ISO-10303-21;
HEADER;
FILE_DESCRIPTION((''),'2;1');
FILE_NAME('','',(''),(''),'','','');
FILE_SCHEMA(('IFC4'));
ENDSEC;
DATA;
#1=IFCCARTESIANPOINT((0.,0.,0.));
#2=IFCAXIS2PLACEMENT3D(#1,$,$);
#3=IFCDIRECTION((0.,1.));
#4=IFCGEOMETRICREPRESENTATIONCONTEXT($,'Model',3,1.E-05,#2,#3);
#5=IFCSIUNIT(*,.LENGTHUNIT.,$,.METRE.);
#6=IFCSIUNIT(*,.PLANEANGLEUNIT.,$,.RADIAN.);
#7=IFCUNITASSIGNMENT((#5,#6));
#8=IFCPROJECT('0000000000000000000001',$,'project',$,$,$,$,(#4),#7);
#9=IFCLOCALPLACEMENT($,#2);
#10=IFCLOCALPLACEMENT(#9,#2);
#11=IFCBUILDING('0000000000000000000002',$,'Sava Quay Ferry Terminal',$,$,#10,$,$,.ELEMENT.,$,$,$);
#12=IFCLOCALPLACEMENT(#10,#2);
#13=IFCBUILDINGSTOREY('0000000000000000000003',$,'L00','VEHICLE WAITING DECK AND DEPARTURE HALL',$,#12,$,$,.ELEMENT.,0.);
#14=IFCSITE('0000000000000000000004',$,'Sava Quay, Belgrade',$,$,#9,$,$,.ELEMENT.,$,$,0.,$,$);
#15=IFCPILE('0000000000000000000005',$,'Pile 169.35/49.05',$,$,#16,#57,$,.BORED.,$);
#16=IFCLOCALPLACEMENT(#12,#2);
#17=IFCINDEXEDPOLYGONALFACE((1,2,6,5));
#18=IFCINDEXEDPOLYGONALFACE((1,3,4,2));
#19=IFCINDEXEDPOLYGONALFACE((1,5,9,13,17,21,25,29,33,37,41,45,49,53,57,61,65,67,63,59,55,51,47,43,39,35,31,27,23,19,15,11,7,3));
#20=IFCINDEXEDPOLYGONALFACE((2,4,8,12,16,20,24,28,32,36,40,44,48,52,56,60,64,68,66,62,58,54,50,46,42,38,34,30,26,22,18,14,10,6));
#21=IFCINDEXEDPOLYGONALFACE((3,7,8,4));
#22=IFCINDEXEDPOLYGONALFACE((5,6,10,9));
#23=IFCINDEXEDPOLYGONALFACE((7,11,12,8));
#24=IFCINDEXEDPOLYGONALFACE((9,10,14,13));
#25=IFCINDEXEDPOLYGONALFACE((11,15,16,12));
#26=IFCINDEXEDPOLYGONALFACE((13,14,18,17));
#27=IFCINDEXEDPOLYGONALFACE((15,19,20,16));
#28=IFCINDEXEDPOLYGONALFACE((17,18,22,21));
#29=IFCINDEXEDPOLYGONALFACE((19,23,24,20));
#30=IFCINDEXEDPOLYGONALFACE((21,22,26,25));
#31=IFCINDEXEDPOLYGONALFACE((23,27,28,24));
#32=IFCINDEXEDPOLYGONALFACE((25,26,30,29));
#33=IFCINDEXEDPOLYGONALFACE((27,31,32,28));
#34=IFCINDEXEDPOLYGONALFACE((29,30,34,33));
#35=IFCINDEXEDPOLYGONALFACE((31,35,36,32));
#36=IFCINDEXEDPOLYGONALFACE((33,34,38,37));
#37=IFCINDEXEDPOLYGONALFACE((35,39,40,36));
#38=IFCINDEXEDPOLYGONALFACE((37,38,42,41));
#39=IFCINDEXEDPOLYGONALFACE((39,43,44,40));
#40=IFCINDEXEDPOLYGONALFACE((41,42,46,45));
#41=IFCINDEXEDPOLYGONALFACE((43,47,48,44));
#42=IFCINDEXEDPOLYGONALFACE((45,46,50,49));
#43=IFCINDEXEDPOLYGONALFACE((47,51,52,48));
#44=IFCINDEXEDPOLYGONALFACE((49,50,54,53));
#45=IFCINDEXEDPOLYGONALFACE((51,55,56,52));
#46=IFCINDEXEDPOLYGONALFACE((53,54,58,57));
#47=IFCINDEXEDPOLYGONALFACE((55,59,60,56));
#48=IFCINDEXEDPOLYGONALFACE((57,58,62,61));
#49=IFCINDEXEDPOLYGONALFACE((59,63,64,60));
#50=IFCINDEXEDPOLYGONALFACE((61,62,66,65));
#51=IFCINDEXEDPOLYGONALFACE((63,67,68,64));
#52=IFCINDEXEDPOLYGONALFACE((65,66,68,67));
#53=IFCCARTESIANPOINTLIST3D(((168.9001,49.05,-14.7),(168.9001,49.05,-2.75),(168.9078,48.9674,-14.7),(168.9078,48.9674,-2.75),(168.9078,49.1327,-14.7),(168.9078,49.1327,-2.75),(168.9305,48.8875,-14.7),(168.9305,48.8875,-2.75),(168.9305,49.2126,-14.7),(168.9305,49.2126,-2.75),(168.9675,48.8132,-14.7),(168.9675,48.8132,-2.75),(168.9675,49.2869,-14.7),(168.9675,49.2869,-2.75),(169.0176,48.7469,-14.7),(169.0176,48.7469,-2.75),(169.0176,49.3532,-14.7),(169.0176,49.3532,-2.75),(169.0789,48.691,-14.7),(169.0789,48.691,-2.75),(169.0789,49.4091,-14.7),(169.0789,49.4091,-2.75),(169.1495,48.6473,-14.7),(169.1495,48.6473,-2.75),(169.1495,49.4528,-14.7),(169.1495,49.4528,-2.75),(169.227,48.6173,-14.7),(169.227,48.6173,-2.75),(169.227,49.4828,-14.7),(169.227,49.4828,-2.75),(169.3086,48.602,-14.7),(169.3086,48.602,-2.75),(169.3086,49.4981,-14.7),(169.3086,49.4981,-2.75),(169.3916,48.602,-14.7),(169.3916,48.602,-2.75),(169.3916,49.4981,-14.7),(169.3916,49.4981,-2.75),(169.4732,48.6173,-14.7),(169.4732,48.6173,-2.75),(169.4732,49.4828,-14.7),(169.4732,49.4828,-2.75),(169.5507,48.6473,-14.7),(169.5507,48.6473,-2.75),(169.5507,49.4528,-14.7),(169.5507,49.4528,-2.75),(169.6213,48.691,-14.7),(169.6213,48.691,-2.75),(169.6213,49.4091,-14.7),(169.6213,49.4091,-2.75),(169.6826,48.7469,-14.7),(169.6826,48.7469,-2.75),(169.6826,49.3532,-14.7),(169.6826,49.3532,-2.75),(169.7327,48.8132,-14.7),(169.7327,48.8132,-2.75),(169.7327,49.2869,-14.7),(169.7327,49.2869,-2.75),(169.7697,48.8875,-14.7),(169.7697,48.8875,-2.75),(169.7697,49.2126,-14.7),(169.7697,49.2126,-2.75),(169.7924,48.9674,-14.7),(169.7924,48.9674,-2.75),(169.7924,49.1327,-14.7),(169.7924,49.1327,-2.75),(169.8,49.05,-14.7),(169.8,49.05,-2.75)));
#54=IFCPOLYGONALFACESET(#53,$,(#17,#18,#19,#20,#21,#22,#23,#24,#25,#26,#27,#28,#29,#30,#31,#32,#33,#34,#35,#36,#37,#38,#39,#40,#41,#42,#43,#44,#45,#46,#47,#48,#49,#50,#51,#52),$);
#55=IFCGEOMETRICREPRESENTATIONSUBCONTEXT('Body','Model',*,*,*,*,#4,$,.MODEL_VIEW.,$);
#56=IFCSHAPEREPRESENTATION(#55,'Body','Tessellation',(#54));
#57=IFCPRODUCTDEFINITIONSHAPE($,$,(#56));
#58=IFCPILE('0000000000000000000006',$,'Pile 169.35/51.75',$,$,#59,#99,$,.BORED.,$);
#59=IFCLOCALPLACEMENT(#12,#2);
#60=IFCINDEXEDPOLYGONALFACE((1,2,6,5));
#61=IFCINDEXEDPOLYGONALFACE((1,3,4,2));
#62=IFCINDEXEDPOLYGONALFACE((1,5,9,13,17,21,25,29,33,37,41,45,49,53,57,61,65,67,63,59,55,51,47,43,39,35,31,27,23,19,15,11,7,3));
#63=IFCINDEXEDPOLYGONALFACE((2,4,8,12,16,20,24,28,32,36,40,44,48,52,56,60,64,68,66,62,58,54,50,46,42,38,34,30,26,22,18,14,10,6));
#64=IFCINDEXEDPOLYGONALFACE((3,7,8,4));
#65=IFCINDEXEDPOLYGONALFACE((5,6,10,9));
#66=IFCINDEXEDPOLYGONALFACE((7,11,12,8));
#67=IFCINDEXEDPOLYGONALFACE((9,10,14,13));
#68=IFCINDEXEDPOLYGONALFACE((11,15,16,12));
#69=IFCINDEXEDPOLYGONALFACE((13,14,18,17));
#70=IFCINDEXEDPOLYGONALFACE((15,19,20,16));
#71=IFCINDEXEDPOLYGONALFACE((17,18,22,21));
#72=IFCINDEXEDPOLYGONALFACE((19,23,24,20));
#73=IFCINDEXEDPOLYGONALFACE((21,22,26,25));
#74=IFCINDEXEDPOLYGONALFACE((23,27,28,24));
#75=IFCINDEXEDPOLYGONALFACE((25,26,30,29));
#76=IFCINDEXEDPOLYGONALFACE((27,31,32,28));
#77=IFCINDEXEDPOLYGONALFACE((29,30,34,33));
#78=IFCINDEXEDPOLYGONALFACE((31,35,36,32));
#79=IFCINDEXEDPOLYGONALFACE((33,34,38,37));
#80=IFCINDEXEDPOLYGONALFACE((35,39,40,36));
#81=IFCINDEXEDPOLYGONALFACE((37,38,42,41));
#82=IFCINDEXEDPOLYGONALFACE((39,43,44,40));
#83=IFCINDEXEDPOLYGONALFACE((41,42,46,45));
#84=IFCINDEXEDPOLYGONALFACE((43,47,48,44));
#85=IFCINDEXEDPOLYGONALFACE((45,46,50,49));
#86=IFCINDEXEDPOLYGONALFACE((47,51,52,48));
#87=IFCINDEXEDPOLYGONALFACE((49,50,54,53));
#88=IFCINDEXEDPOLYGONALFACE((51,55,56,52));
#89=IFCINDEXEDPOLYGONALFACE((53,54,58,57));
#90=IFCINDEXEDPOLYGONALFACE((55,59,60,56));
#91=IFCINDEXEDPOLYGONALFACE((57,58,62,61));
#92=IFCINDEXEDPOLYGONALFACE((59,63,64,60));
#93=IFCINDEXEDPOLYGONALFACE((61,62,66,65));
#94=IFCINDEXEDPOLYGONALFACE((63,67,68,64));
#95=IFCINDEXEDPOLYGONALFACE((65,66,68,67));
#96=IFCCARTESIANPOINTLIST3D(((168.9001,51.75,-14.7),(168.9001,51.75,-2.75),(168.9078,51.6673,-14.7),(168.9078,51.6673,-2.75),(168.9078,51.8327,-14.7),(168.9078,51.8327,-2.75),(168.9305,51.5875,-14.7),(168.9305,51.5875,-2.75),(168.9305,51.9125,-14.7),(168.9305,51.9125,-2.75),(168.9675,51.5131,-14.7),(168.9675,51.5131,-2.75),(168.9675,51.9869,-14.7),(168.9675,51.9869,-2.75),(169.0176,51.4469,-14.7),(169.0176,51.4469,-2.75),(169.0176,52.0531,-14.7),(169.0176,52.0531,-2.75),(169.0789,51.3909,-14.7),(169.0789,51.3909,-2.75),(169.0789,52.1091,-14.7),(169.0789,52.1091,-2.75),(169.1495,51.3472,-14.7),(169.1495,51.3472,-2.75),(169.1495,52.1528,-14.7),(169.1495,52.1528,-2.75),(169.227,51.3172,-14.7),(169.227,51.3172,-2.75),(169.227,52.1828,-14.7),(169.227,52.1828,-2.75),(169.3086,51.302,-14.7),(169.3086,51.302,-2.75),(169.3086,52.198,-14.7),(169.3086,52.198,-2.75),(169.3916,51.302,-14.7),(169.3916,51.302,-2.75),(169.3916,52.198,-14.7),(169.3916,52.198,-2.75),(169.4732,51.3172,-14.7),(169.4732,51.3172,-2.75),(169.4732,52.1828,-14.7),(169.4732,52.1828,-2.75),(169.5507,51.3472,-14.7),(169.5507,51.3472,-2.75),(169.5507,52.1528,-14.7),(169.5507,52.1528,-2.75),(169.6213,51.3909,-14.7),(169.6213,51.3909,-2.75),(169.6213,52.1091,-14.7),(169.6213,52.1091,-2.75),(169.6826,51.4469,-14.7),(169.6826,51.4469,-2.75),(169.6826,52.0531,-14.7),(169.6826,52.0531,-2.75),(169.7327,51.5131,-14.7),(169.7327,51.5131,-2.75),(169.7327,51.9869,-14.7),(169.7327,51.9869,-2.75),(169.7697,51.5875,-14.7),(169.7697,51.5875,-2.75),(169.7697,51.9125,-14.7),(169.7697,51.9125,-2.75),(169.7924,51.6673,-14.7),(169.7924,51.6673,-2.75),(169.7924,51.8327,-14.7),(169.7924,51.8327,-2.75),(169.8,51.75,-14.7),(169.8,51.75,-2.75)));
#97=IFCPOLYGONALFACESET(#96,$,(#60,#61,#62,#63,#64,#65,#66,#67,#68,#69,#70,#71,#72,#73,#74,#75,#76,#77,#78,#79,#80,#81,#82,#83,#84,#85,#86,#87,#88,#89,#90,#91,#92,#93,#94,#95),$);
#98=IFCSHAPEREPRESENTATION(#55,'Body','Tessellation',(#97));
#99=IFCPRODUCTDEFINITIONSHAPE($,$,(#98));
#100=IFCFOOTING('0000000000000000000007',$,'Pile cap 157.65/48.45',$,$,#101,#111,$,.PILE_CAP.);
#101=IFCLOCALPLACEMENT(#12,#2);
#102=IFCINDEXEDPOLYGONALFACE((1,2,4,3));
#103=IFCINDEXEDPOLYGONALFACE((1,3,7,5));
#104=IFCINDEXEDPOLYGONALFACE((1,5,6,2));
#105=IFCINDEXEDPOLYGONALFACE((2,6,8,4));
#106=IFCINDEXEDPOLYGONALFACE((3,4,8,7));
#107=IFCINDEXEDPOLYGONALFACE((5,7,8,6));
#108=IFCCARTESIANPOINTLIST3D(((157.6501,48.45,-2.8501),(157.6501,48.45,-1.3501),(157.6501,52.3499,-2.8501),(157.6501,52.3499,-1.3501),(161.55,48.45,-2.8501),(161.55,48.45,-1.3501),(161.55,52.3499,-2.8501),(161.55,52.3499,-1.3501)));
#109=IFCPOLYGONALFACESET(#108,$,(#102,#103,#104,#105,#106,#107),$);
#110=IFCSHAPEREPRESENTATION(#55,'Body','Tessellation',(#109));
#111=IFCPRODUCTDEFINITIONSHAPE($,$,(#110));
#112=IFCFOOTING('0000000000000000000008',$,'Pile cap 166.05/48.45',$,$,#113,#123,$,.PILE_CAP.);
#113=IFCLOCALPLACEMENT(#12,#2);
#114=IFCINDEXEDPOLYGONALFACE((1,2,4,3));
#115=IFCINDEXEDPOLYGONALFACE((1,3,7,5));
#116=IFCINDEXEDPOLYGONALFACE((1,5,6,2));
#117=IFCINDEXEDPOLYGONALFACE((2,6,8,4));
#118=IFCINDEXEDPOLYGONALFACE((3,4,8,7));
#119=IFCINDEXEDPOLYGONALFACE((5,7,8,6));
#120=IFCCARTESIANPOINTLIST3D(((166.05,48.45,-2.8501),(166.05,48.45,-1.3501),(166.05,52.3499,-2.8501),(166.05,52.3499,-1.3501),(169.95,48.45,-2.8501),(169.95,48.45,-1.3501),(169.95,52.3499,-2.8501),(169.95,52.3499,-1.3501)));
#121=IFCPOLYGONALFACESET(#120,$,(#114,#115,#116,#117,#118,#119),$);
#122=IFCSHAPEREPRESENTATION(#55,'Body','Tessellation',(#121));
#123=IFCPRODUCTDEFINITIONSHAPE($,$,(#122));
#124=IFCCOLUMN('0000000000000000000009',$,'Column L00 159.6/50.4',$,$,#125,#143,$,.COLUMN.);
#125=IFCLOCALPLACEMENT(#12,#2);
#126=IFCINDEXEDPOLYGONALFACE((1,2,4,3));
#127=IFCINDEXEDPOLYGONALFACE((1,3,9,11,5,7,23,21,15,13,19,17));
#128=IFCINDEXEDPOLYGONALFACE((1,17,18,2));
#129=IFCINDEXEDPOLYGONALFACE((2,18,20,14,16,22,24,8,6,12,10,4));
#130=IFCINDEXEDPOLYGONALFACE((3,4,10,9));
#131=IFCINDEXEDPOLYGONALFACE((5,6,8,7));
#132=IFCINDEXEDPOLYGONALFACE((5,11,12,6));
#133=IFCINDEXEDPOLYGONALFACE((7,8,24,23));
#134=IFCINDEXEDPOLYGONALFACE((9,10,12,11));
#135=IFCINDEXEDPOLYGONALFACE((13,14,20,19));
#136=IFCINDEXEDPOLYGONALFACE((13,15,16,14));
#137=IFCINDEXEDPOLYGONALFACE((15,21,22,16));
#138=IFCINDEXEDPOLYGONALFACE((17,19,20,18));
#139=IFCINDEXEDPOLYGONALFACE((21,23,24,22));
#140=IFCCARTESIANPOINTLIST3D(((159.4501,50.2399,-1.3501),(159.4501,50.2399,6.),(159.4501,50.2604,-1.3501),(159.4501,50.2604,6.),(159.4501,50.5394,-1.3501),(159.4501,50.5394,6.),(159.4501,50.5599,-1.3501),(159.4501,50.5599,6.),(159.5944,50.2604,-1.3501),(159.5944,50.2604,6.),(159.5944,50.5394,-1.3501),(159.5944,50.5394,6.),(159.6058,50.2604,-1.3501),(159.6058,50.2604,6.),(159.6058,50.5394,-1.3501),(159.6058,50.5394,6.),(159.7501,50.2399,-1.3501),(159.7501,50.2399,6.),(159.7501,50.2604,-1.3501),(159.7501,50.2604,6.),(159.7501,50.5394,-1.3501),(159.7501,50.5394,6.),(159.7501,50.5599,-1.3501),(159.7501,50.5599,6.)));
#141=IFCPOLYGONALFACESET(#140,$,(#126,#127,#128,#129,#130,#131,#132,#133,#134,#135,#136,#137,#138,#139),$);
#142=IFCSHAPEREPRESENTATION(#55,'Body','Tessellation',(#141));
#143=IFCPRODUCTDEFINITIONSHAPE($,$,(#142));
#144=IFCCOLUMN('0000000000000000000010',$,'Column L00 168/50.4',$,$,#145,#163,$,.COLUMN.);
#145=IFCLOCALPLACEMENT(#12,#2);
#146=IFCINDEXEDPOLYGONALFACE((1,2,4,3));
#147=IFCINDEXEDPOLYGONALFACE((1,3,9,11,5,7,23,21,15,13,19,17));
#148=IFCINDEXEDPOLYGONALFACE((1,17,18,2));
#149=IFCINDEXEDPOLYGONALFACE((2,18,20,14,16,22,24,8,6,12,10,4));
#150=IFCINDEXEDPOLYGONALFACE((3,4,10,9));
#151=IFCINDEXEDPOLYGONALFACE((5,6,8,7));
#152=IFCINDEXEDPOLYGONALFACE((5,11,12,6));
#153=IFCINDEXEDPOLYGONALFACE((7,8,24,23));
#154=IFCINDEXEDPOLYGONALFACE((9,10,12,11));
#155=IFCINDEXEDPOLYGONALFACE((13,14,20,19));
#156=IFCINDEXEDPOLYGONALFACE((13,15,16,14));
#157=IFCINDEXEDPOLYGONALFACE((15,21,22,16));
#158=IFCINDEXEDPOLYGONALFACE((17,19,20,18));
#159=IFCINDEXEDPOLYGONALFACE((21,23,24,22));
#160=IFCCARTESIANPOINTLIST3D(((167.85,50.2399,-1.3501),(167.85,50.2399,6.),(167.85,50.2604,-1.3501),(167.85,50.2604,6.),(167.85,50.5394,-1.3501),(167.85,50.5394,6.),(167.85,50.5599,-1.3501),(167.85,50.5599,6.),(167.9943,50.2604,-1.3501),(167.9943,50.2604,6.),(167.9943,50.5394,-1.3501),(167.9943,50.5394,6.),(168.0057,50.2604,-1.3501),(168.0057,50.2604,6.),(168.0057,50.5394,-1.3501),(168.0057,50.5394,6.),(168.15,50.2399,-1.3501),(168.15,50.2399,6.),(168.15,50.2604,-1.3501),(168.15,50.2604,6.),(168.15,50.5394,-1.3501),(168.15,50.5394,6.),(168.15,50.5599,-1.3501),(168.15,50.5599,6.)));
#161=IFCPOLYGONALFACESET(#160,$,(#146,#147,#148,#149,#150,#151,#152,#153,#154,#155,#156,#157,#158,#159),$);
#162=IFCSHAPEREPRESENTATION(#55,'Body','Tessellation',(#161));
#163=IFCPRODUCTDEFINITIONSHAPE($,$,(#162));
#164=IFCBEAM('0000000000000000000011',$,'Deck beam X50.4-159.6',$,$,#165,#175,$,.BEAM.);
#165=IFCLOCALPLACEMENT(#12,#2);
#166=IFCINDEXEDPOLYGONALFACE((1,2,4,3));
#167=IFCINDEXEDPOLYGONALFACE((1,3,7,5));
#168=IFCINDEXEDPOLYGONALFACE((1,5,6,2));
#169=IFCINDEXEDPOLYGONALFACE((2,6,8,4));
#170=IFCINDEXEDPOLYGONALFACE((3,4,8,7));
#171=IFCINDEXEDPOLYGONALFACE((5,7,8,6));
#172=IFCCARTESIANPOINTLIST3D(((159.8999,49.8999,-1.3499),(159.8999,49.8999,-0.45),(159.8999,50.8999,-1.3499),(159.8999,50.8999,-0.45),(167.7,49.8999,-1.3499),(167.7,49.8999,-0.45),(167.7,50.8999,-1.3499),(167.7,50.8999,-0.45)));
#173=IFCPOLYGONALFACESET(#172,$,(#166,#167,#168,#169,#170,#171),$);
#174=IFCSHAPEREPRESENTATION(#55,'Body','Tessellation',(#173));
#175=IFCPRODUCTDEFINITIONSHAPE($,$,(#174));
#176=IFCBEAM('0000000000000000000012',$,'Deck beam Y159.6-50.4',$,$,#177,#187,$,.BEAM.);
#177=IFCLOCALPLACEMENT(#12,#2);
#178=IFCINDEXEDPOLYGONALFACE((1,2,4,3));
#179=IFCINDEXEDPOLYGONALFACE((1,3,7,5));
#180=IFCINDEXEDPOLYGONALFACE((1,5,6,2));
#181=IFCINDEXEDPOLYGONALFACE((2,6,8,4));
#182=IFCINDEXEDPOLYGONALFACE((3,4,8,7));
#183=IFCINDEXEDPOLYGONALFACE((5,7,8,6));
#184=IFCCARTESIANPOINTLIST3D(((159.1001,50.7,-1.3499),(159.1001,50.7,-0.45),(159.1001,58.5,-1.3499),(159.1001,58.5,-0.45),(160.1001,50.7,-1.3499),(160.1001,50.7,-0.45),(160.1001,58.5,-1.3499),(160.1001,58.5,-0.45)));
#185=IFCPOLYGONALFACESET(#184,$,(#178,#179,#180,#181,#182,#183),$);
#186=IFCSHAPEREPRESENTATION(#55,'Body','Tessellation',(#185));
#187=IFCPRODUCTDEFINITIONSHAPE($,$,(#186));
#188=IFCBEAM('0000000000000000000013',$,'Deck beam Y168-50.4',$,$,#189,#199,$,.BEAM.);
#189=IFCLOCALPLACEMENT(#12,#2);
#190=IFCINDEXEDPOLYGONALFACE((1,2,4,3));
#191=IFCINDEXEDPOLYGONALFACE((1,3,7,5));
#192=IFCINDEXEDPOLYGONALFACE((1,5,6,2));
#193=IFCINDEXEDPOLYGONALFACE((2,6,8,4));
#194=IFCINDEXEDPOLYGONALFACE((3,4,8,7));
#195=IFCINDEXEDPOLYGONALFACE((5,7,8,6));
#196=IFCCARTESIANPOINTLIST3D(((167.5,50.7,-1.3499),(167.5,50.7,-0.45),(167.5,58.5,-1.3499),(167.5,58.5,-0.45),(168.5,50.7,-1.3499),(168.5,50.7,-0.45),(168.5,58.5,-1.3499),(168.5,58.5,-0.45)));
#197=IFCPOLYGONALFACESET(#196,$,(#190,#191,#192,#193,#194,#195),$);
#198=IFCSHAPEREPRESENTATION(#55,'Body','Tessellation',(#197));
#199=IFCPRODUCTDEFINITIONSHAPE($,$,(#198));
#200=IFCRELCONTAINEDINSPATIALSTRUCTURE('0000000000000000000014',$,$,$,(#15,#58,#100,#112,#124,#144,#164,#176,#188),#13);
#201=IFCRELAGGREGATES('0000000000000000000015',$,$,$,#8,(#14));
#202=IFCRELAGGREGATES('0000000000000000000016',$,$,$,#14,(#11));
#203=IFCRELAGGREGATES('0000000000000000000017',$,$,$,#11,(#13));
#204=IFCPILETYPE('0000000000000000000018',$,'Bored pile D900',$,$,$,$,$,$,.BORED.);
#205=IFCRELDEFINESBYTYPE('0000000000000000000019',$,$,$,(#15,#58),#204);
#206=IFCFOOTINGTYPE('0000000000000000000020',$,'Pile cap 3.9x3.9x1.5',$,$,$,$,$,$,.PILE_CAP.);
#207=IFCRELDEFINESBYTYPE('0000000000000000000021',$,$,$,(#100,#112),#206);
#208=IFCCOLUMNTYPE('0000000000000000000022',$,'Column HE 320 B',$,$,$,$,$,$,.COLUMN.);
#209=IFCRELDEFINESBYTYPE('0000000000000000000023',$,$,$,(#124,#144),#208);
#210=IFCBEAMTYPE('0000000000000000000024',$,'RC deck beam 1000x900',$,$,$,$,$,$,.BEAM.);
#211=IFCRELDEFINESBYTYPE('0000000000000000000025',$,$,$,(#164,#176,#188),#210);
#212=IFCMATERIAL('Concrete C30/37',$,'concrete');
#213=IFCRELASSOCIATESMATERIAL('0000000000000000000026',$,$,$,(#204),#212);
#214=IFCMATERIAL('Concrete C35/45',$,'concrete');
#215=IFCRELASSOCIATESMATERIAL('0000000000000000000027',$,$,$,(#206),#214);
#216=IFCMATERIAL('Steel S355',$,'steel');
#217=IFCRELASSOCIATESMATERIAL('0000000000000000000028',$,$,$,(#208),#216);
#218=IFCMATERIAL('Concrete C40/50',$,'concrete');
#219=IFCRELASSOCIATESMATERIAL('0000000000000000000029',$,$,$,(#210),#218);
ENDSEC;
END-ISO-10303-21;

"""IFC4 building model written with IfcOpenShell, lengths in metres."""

from ifc_helpers import new_model, si_unit, direction, frame, origin, origin_2d, place, context, subcontext, project, spatial, rectangle, circle, i_section, extrude, material, material_profile, profile_set, type_object, element, save


model = new_model("IFC4")

# Units and contexts
model_context = context("Model", 3, precision=1e-05, world=origin(), true_north=direction((0.0, 1.0)))
body_context = subcontext(model_context, "Body", "Model", "MODEL_VIEW")
ifc_project = project(units=[si_unit("LENGTHUNIT", "METRE"), si_unit("PLANEANGLEUNIT", "RADIAN")], contexts=[model_context])

# Site, building, storey
site_placement = place(None, origin())
site = spatial("IfcSite", under=ifc_project, at=site_placement, Name="Sava Quay, Belgrade", CompositionType="ELEMENT", RefElevation=0.0)
building_placement = place(site_placement, origin())
building = spatial("IfcBuilding", under=site, at=building_placement, Name="Sava Quay Ferry Terminal", CompositionType="ELEMENT")
storey_placement = place(building_placement, origin())
storey = spatial("IfcBuildingStorey", under=building, at=storey_placement, Name="L00", Description="VEHICLE WAITING DECK AND DEPARTURE HALL", CompositionType="ELEMENT", Elevation=0.0)

# Piles
ifc_material_1 = material(Name="Concrete C30/37", Category="concrete")
ifc_material_profile_1 = material_profile(ifc_material_1, circle(Radius=0.45, at=origin_2d()), Name="Bored pile D900")
ifc_profile_set_1 = profile_set([ifc_material_profile_1], Name="Concrete C30/37")
pile_type = type_object("IfcPileType", Name="Bored pile D900", PredefinedType="BORED", material=ifc_profile_set_1)
for number, where, z_axis, x_axis, name in (
    (1, (169.3501, 49.05, -2.75), (0.0, 0.0, -1.0), (1.0, 0.0, 0.0), "Pile 169.35/49.05"),
    (2, (169.3501, 51.75, -2.75), (0.0, 0.0, -1.0), (1.0, 0.0, 0.0), "Pile 169.35/51.75"),
):
    element("IfcPile", number, at=place(storey_placement, frame(where, z_axis=z_axis, x_axis=x_axis)), inside=storey, type_object=pile_type, Name=name, PredefinedType="BORED", context=body_context, shape_type="SweptSolid", body=[
        extrude(circle(Radius=0.45, at=origin_2d()), origin(), (0.0, 0.0, 1.0), 11.95),
    ])

# Footings
ifc_material_2 = material(Name="Concrete C35/45", Category="concrete")
footing_type = type_object("IfcFootingType", Name="Pile cap 3.9x3.9x1.5", PredefinedType="PILE_CAP", material=ifc_material_2)
for number, where, z_axis, x_axis, name in (
    (3, (159.6001, 50.3999, -2.8501), (0.0, 0.0, 1.0), (1.0, 0.0, 0.0), "Pile cap 157.65/48.45"),
    (4, (168.0, 50.3999, -2.8501), (0.0, 0.0, 1.0), (1.0, 0.0, 0.0), "Pile cap 166.05/48.45"),
):
    element("IfcFooting", number, at=place(storey_placement, frame(where, z_axis=z_axis, x_axis=x_axis)), inside=storey, type_object=footing_type, Name=name, PredefinedType="PILE_CAP", context=body_context, shape_type="SweptSolid", body=[
        extrude(rectangle(XDim=3.8999, YDim=3.8999, at=origin_2d()), origin(), (0.0, 0.0, 1.0), 1.5),
    ])

# Columns
ifc_material_3 = material(Name="Steel S355", Category="steel")
ifc_material_profile_2 = material_profile(ifc_material_3, i_section(OverallWidth=0.3, OverallDepth=0.3201, WebThickness=0.0115, FlangeThickness=0.0205, at=origin_2d()), Name="HE 320 B")
ifc_profile_set_2 = profile_set([ifc_material_profile_2], Name="Steel S355")
column_type = type_object("IfcColumnType", Name="Column HE 320 B", PredefinedType="COLUMN", material=ifc_profile_set_2)
for number, where, z_axis, x_axis, name in (
    (5, (159.6001, 50.3999, -1.3501), (0.0, 0.0, 1.0), (1.0, 0.0, 0.0), "Column L00 159.6/50.4"),
    (6, (168.0, 50.3999, -1.3501), (0.0, 0.0, 1.0), (1.0, 0.0, 0.0), "Column L00 168/50.4"),
):
    element("IfcColumn", number, at=place(storey_placement, frame(where, z_axis=z_axis, x_axis=x_axis)), inside=storey, type_object=column_type, Name=name, PredefinedType="COLUMN", context=body_context, shape_type="SweptSolid", body=[
        extrude(i_section(OverallWidth=0.3, OverallDepth=0.3201, WebThickness=0.0115, FlangeThickness=0.0205, at=origin_2d()), origin(), (0.0, 0.0, 1.0), 7.3501),
    ])

# Beams
ifc_material_4 = material(Name="Concrete C40/50", Category="concrete")
ifc_material_profile_3 = material_profile(ifc_material_4, rectangle(XDim=1.0, YDim=0.8999, at=origin_2d()), Name="RC 1000x900")
ifc_profile_set_3 = profile_set([ifc_material_profile_3], Name="Concrete C40/50")
beam_type = type_object("IfcBeamType", Name="RC deck beam 1000x900", PredefinedType="BEAM", material=ifc_profile_set_3)
for number, where, z_axis, x_axis, name in (
    (7, (159.8999, 50.3999, -0.8999), (1.0, 0.0, 0.0), (0.0, 1.0, 0.0), "Deck beam X50.4-159.6"),
    (8, (159.6001, 50.7, -0.8999), (0.0, 1.0, 0.0), (-1.0, 0.0, 0.0), "Deck beam Y159.6-50.4"),
    (9, (168.0, 50.7, -0.8999), (0.0, 1.0, 0.0), (-1.0, 0.0, 0.0), "Deck beam Y168-50.4"),
):
    element("IfcBeam", number, at=place(storey_placement, frame(where, z_axis=z_axis, x_axis=x_axis)), inside=storey, type_object=beam_type, Name=name, PredefinedType="BEAM", context=body_context, shape_type="SweptSolid", body=[
        extrude(rectangle(XDim=1.0, YDim=0.8999, at=origin_2d()), origin(), (0.0, 0.0, 1.0), 7.8),
    ])

save(model, "model.ifc")
